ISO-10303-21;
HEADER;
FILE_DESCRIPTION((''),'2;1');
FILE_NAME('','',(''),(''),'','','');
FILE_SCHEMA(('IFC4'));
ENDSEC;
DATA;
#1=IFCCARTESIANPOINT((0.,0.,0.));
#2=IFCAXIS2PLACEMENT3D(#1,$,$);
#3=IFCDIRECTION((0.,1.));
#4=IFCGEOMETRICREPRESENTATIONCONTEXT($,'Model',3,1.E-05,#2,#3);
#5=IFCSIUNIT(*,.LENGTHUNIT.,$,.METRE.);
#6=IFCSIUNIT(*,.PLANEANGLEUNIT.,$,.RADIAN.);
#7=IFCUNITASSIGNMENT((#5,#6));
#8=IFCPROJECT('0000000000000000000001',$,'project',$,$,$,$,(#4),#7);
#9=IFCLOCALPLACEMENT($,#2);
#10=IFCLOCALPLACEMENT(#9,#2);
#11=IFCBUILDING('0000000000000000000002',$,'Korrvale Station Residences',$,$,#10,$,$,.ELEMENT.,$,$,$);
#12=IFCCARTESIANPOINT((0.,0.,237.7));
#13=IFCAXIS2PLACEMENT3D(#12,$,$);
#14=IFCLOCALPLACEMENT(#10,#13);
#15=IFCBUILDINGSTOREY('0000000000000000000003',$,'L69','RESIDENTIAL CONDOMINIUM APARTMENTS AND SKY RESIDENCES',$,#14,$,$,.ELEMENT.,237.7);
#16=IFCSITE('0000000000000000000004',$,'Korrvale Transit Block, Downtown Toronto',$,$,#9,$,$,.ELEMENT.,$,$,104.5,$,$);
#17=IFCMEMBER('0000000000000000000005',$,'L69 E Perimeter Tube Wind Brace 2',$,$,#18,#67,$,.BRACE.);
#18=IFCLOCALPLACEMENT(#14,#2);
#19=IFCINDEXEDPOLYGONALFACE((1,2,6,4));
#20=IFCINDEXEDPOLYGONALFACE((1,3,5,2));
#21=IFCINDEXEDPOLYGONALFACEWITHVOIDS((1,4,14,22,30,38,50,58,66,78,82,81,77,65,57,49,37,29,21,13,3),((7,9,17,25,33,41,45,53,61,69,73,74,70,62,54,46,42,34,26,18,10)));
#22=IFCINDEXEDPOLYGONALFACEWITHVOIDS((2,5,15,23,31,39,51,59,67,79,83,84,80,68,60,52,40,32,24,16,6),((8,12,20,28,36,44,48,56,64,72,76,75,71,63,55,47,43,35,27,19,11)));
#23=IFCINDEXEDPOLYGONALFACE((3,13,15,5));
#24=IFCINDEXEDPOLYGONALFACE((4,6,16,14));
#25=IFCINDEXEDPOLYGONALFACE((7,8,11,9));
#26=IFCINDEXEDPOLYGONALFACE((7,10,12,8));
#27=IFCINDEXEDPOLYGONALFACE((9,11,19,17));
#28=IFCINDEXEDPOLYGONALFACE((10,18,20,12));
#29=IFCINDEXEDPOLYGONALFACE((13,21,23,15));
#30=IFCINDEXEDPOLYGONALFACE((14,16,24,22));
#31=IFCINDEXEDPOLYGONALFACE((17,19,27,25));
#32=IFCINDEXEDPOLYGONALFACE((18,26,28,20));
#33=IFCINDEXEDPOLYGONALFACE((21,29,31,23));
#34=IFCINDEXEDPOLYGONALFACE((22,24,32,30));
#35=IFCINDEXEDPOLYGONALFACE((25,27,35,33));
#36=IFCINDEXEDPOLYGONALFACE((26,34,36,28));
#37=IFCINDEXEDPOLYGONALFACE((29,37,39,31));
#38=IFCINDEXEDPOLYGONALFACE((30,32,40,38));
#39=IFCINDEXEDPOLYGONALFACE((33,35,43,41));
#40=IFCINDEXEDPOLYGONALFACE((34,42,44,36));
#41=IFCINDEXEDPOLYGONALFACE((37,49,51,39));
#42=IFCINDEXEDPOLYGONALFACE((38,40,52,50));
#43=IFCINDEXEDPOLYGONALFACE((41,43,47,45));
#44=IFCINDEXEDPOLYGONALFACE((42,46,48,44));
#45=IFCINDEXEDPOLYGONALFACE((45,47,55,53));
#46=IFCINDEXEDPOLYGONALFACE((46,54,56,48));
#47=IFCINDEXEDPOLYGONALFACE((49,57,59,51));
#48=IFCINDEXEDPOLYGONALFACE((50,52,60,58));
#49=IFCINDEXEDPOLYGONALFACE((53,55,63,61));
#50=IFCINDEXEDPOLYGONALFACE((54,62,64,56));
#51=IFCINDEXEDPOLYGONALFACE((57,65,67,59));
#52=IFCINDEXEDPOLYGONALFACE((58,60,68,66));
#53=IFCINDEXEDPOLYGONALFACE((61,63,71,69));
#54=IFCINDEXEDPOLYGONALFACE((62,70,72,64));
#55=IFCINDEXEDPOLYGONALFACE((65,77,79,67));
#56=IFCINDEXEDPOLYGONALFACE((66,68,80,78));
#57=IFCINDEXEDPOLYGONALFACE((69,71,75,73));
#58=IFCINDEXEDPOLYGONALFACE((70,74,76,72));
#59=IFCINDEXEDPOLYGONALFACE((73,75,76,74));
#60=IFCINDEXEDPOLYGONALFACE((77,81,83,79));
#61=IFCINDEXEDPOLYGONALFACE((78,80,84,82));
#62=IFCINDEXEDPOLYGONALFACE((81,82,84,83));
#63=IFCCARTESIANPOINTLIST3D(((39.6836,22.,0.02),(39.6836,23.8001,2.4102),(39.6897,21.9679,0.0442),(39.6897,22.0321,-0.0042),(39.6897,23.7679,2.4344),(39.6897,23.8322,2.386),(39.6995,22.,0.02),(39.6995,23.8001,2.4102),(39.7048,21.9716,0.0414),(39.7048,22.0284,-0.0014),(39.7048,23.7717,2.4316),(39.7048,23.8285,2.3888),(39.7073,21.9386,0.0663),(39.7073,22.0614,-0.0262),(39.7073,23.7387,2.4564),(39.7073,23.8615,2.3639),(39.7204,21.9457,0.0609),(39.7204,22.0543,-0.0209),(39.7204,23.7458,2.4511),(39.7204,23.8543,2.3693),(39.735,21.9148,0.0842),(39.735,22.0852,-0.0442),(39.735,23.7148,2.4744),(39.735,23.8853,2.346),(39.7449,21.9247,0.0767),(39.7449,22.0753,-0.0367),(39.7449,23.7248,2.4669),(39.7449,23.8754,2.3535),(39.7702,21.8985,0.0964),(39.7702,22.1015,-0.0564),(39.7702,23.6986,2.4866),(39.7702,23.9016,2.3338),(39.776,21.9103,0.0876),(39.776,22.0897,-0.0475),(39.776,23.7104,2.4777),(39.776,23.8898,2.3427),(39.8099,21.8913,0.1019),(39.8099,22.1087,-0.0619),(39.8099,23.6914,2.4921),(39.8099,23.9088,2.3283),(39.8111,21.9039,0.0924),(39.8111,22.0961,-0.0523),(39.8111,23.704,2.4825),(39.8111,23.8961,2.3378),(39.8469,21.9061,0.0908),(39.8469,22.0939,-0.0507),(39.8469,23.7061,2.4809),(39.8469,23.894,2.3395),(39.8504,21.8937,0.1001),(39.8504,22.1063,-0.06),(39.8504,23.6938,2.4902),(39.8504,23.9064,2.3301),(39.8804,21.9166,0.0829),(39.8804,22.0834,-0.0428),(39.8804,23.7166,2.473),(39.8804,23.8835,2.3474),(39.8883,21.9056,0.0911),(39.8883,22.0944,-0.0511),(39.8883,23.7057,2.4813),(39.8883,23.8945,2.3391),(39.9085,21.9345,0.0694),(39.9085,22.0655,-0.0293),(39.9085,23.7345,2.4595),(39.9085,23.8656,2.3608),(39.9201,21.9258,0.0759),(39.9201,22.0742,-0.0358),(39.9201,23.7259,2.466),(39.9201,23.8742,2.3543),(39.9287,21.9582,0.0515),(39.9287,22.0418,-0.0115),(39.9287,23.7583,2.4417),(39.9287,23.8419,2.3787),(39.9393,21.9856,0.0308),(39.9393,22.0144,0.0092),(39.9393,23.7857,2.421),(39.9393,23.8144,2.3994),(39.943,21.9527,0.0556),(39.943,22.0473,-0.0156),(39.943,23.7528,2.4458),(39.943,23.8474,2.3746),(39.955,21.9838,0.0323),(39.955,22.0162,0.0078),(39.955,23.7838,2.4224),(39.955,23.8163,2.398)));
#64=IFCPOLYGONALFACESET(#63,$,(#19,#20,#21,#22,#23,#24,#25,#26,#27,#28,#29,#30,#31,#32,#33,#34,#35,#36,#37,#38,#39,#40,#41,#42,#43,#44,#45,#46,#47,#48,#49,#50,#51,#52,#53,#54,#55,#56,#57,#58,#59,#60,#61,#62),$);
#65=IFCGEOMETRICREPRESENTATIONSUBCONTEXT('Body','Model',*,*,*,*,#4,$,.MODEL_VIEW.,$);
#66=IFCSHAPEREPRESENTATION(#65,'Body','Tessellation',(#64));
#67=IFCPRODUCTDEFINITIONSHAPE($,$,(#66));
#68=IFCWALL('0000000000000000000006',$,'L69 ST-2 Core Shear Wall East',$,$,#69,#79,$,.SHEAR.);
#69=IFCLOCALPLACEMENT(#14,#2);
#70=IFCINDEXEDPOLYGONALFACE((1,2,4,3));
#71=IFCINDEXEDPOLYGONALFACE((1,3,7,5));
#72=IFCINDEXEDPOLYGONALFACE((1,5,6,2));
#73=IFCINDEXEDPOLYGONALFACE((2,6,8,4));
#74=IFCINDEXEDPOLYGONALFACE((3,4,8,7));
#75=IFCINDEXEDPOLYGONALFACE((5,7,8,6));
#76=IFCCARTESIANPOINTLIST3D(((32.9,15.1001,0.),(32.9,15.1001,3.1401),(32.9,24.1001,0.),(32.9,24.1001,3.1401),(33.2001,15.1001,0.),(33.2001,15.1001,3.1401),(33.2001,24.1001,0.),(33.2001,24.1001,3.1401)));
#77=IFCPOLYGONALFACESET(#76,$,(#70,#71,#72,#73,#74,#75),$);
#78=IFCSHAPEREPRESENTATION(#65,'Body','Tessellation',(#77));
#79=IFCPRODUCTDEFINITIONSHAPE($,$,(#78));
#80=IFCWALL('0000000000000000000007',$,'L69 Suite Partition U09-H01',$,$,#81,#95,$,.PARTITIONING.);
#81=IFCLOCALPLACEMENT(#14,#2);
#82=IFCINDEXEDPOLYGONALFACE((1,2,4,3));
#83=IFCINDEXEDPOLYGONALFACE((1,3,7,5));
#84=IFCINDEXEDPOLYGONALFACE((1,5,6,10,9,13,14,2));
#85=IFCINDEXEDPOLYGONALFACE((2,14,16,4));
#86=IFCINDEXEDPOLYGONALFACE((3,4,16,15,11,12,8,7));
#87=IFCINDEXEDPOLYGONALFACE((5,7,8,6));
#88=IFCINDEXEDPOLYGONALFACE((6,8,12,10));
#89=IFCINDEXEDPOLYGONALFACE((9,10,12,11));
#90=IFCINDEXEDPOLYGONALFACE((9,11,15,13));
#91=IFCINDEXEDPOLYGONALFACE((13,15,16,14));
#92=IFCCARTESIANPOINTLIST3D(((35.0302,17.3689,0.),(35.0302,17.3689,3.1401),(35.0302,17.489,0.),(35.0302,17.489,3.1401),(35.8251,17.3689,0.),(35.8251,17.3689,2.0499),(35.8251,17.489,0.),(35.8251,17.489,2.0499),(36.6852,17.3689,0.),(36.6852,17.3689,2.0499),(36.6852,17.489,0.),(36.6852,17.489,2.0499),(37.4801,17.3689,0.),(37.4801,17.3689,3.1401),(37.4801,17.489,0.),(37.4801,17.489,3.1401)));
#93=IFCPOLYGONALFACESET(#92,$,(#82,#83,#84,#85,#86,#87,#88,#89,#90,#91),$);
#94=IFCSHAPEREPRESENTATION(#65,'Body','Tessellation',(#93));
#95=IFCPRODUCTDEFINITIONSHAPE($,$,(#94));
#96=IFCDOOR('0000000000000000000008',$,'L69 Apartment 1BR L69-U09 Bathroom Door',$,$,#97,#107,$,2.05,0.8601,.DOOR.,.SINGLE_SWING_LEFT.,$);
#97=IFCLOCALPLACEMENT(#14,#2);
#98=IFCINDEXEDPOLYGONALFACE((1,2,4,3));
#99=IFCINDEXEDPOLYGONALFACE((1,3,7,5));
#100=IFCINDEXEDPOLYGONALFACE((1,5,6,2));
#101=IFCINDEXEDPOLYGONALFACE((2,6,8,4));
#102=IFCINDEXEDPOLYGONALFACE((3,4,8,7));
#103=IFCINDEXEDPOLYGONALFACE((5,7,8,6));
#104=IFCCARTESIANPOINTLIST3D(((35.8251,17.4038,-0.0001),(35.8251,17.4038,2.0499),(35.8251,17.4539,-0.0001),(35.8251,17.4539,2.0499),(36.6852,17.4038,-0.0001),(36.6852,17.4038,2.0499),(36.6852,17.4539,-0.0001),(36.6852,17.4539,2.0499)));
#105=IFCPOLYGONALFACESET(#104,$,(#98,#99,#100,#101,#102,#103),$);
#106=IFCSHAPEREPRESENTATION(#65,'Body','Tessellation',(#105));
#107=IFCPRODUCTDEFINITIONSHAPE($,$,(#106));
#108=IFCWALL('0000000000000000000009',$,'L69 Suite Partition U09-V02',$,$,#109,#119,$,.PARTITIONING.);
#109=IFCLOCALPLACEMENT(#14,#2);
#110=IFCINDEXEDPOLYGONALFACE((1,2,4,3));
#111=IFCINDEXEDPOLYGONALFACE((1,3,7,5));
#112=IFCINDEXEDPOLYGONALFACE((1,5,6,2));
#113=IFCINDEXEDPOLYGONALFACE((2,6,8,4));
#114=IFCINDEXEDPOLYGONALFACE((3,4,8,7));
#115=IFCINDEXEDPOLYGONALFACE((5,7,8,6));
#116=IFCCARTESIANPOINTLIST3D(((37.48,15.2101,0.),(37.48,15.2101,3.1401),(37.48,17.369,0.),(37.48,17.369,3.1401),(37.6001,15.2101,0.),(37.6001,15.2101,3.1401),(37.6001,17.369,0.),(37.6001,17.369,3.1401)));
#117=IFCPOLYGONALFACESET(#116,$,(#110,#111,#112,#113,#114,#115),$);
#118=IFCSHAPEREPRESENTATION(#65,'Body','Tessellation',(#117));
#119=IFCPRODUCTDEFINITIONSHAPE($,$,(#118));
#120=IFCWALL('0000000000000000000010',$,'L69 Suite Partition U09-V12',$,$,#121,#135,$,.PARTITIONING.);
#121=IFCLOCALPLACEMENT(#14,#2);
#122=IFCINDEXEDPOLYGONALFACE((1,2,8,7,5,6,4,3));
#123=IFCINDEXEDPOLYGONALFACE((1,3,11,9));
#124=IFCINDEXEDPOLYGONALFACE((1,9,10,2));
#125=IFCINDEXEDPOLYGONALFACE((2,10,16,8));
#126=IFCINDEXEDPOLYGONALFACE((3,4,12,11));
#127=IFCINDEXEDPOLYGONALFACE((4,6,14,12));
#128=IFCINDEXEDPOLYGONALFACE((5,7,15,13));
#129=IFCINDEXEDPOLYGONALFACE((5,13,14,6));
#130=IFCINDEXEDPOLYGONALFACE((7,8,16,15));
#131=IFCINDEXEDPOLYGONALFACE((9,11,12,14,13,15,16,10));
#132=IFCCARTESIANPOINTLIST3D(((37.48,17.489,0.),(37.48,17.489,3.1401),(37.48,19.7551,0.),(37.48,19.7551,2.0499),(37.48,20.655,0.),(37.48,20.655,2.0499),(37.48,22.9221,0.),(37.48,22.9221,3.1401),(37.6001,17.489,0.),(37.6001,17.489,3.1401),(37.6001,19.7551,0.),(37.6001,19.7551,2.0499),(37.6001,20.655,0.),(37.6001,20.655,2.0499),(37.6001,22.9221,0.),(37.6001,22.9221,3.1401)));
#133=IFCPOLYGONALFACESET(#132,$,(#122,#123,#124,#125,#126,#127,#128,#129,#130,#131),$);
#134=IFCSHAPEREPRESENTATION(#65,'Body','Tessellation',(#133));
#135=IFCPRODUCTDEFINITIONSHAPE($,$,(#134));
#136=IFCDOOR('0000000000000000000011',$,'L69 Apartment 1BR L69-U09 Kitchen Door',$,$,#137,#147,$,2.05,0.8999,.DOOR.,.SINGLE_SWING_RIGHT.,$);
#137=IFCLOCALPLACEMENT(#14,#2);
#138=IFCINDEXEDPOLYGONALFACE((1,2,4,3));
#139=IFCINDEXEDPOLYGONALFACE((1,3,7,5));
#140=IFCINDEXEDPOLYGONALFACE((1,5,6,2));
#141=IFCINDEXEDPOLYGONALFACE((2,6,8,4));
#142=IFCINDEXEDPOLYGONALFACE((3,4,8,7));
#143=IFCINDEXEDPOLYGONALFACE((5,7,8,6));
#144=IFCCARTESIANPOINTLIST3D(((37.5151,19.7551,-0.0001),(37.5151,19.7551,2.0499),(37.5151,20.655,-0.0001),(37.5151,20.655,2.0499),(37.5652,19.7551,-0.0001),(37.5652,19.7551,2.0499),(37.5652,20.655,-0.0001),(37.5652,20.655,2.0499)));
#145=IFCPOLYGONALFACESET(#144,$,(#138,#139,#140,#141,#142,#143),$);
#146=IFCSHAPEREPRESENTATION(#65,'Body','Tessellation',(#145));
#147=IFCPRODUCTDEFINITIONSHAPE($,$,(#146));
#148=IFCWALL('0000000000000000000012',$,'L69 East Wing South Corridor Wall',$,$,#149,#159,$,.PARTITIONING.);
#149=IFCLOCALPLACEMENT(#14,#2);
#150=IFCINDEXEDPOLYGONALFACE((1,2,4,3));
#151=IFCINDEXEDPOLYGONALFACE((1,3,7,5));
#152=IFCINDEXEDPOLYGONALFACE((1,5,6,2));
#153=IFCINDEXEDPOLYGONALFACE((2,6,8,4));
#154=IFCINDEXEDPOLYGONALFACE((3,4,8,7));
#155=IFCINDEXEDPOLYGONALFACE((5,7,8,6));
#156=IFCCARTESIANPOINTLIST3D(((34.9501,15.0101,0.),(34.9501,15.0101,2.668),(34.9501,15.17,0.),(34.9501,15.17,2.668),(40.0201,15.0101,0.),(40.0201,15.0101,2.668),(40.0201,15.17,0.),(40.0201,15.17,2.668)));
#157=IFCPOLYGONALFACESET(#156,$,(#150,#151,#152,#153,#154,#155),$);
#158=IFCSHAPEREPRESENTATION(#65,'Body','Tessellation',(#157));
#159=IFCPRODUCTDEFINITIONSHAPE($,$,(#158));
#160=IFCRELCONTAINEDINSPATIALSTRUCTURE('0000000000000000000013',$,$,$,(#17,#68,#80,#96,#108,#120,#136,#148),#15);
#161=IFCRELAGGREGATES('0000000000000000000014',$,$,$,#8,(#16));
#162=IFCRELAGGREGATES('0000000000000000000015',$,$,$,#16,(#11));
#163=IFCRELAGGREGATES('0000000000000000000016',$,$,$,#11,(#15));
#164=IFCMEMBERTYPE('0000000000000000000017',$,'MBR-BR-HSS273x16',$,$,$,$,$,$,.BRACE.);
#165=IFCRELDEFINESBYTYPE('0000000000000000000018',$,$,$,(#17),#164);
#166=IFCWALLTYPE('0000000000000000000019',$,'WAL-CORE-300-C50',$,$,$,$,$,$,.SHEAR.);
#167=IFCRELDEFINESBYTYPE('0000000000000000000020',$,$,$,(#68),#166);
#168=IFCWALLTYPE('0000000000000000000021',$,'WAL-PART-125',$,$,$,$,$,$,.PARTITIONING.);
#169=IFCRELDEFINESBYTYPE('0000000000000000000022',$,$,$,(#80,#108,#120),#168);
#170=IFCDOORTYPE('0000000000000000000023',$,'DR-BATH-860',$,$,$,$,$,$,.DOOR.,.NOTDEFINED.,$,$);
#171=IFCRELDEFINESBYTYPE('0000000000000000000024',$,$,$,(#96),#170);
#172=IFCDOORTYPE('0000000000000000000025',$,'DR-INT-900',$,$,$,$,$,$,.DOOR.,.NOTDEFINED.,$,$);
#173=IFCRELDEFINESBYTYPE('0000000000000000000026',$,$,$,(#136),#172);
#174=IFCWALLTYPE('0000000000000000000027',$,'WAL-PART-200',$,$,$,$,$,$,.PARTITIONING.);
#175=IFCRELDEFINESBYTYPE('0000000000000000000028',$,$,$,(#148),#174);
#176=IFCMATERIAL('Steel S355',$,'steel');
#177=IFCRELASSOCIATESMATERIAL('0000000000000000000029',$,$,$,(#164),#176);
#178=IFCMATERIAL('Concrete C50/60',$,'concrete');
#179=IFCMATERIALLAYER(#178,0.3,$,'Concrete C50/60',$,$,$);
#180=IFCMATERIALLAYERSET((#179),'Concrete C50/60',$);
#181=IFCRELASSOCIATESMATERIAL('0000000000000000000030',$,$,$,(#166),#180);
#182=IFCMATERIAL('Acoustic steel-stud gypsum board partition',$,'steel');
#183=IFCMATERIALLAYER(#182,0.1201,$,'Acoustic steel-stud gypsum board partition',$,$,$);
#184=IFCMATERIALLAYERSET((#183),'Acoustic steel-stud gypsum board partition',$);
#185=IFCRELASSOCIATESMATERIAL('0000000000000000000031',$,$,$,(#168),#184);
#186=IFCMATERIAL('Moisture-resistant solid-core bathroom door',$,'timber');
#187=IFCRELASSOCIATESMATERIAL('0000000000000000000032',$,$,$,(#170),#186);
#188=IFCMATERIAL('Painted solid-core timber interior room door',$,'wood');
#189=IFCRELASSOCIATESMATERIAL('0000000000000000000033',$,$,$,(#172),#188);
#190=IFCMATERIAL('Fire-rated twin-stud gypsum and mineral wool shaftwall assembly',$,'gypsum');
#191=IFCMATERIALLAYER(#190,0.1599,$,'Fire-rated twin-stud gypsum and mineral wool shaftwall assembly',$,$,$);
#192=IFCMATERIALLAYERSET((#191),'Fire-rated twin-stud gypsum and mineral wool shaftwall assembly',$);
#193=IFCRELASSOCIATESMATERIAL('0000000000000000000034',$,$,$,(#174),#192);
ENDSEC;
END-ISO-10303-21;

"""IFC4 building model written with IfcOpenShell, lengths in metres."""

from ifc_helpers import new_model, si_unit, direction, frame, frame_2d, origin, origin_2d, place, context, subcontext, project, spatial, rectangle, hollow_circle, extrude, material, layer, layer_set, material_profile, profile_set, type_object, element, fill, save


model = new_model("IFC4")

# Units and contexts
model_context = context("Model", 3, precision=1e-05, world=origin(), true_north=direction((0.0, 1.0)))
body_context = subcontext(model_context, "Body", "Model", "MODEL_VIEW")
ifc_project = project(units=[si_unit("LENGTHUNIT", "METRE"), si_unit("PLANEANGLEUNIT", "RADIAN")], contexts=[model_context])

# Site, building, storey
site_placement = place(None, origin())
site = spatial("IfcSite", under=ifc_project, at=site_placement, Name="Korrvale Transit Block, Downtown Toronto", CompositionType="ELEMENT", RefElevation=104.5)
building_placement = place(site_placement, origin())
building = spatial("IfcBuilding", under=site, at=building_placement, Name="Korrvale Station Residences", CompositionType="ELEMENT")
storey_placement = place(building_placement, frame((0.0, 0.0, 237.7)))
storey = spatial("IfcBuildingStorey", under=building, at=storey_placement, Name="L69", Description="RESIDENTIAL CONDOMINIUM APARTMENTS AND SKY RESIDENCES", CompositionType="ELEMENT", Elevation=237.7)

# Shared definitions
ifc_material_1 = material(Name="Concrete C50/60", Category="concrete")

# Shared definitions
ifc_material_2 = material(Name="Steel S355", Category="steel")

# Member
ifc_material_profile_1 = material_profile(ifc_material_2, hollow_circle(Radius=0.1365, WallThickness=0.0159, at=origin_2d()), Name="HSS273x16")
ifc_profile_set_1 = profile_set([ifc_material_profile_1], Name="Steel S355")
member_type = type_object("IfcMemberType", Name="MBR-BR-HSS273x16", PredefinedType="BRACE", material=ifc_profile_set_1)
for number, where, z_axis, x_axis, name in (
    (1, (39.8201, 22.0, 0.02), (0.0, 0.601592, 0.798804), (-1.0, 0.0, 0.0), "L69 E Perimeter Tube Wind Brace 2"),
):
    element("IfcMember", number, at=place(storey_placement, frame(where, z_axis=z_axis, x_axis=x_axis)), inside=storey, type_object=member_type, Name=name, PredefinedType="BRACE", context=body_context, shape_type="SweptSolid", body=[
        extrude(hollow_circle(Radius=0.1365, WallThickness=0.0159, at=origin_2d()), origin(), (0.0, 0.0, 1.0), 2.9922),
    ])

# Wall
ifc_layer_1 = layer(ifc_material_1, 0.3, Name="Concrete C50/60")
ifc_layer_set_1 = layer_set([ifc_layer_1], Name="Concrete C50/60")
wall_type_1 = type_object("IfcWallType", Name="WAL-CORE-300-C50", PredefinedType="SHEAR", material=ifc_layer_set_1)
wall_1_placement = place(storey_placement, frame((33.05, 15.1001, 0.0), z_axis=(0.0, 0.0, 1.0), x_axis=(0.0, 1.0, 0.0)))
element("IfcWall", 2, at=wall_1_placement, inside=storey, type_object=wall_type_1, Name="L69 ST-2 Core Shear Wall East", PredefinedType="SHEAR", context=body_context, shape_type="SweptSolid", body=[
    extrude(rectangle(XDim=9.0, YDim=0.3, at=frame_2d((4.5, 0.0))), origin(), (0.0, 0.0, 1.0), 3.1401),
])

# Wall, opening, door
ifc_material_3 = material(Name="Acoustic steel-stud gypsum board partition", Category="steel")
ifc_layer_2 = layer(ifc_material_3, 0.1201, Name="Acoustic steel-stud gypsum board partition")
ifc_layer_set_2 = layer_set([ifc_layer_2], Name="Acoustic steel-stud gypsum board partition")
wall_type_2 = type_object("IfcWallType", Name="WAL-PART-125", PredefinedType="PARTITIONING", material=ifc_layer_set_2)
wall_2_placement = place(storey_placement, frame((35.03, 17.429, 0.0), z_axis=(0.0, 0.0, 1.0), x_axis=(1.0, 0.0, 0.0)))
wall_2 = element("IfcWall", 3, at=wall_2_placement, inside=storey, type_object=wall_type_2, Name="L69 Suite Partition U09-H01", PredefinedType="PARTITIONING", context=body_context, shape_type="SweptSolid", body=[
    extrude(rectangle(XDim=2.45, YDim=0.1201, at=frame_2d((1.2251, 0.0))), origin(), (0.0, 0.0, 1.0), 3.1401),
])
opening_1_placement = place(wall_2_placement, frame((0.7949, 0.0, 0.0)))
opening_1 = element("IfcOpeningElement", 4, at=opening_1_placement, cuts=wall_2, PredefinedType="OPENING", context=body_context, shape_type="SweptSolid", body=[
    extrude(rectangle(XDim=0.8601, YDim=2.05, at=frame_2d((0.4302, 1.0249))), frame((0.0, 0.0701, 0.0), z_axis=(0.0, -1.0, 0.0), x_axis=(1.0, 0.0, 0.0)), (0.0, 0.0, 1.0), 0.1401),
])
ifc_material_4 = material(Name="Moisture-resistant solid-core bathroom door", Category="timber")
door_type_1 = type_object("IfcDoorType", Name="DR-BATH-860", OperationType="NOTDEFINED", PredefinedType="DOOR", material=ifc_material_4)
door_1_placement = place(opening_1_placement, origin())
door_1 = element("IfcDoor", 5, at=door_1_placement, inside=storey, type_object=door_type_1, Name="L69 Apartment 1BR L69-U09 Bathroom Door", OperationType="SINGLE_SWING_LEFT", OverallHeight=2.05, OverallWidth=0.8601, PredefinedType="DOOR", context=body_context, shape_type="SweptSolid", body=[
    extrude(rectangle(XDim=0.8601, YDim=2.05, at=frame_2d((0.4302, 1.0249))), frame((0.0, 0.0249, 0.0), z_axis=(0.0, -1.0, 0.0), x_axis=(1.0, 0.0, 0.0)), (0.0, 0.0, 1.0), 0.05),
])
fill(opening_1, door_1)

# Wall
wall_3_placement = place(storey_placement, frame((37.54, 15.21, 0.0), z_axis=(0.0, 0.0, 1.0), x_axis=(0.0, 1.0, 0.0)))
element("IfcWall", 6, at=wall_3_placement, inside=storey, type_object=wall_type_2, Name="L69 Suite Partition U09-V02", PredefinedType="PARTITIONING", context=body_context, shape_type="SweptSolid", body=[
    extrude(rectangle(XDim=2.1589, YDim=0.1201, at=frame_2d((1.0796, 0.0))), origin(), (0.0, 0.0, 1.0), 3.1401),
])

# Wall, opening, door
wall_4_placement = place(storey_placement, frame((37.54, 17.489, 0.0), z_axis=(0.0, 0.0, 1.0), x_axis=(0.0, 1.0, 0.0)))
wall_4 = element("IfcWall", 7, at=wall_4_placement, inside=storey, type_object=wall_type_2, Name="L69 Suite Partition U09-V12", PredefinedType="PARTITIONING", context=body_context, shape_type="SweptSolid", body=[
    extrude(rectangle(XDim=5.4331, YDim=0.1201, at=frame_2d((2.7166, 0.0))), origin(), (0.0, 0.0, 1.0), 3.1401),
])
opening_2_placement = place(wall_4_placement, frame((2.2661, 0.0, 0.0)))
opening_2 = element("IfcOpeningElement", 8, at=opening_2_placement, cuts=wall_4, PredefinedType="OPENING", context=body_context, shape_type="SweptSolid", body=[
    extrude(rectangle(XDim=0.8999, YDim=2.05, at=frame_2d((0.45, 1.0249))), frame((0.0, 0.0701, 0.0), z_axis=(0.0, -1.0, 0.0), x_axis=(1.0, 0.0, 0.0)), (0.0, 0.0, 1.0), 0.1401),
])
ifc_material_5 = material(Name="Painted solid-core timber interior room door", Category="wood")
door_type_2 = type_object("IfcDoorType", Name="DR-INT-900", OperationType="NOTDEFINED", PredefinedType="DOOR", material=ifc_material_5)
door_2_placement = place(opening_2_placement, origin())
door_2 = element("IfcDoor", 9, at=door_2_placement, inside=storey, type_object=door_type_2, Name="L69 Apartment 1BR L69-U09 Kitchen Door", OperationType="SINGLE_SWING_RIGHT", OverallHeight=2.05, OverallWidth=0.8999, PredefinedType="DOOR", context=body_context, shape_type="SweptSolid", body=[
    extrude(rectangle(XDim=0.8999, YDim=2.05, at=frame_2d((0.45, 1.0249))), frame((0.0, 0.0249, 0.0), z_axis=(0.0, -1.0, 0.0), x_axis=(1.0, 0.0, 0.0)), (0.0, 0.0, 1.0), 0.05),
])
fill(opening_2, door_2)

# Wall
ifc_material_6 = material(Name="Fire-rated twin-stud gypsum and mineral wool shaftwall assembly", Category="gypsum")
ifc_layer_3 = layer(ifc_material_6, 0.1599, Name="Fire-rated twin-stud gypsum and mineral wool shaftwall assembly")
ifc_layer_set_3 = layer_set([ifc_layer_3], Name="Fire-rated twin-stud gypsum and mineral wool shaftwall assembly")
wall_type_3 = type_object("IfcWallType", Name="WAL-PART-200", PredefinedType="PARTITIONING", material=ifc_layer_set_3)
wall_5_placement = place(storey_placement, frame((34.95, 15.0901, 0.0), z_axis=(0.0, 0.0, 1.0), x_axis=(1.0, 0.0, 0.0)))
element("IfcWall", 10, at=wall_5_placement, inside=storey, type_object=wall_type_3, Name="L69 East Wing South Corridor Wall", PredefinedType="PARTITIONING", context=body_context, shape_type="SweptSolid", body=[
    extrude(rectangle(XDim=5.0701, YDim=0.1599, at=frame_2d((2.5352, 0.0))), origin(), (0.0, 0.0, 1.0), 2.668),
])

save(model, "model.ifc")
